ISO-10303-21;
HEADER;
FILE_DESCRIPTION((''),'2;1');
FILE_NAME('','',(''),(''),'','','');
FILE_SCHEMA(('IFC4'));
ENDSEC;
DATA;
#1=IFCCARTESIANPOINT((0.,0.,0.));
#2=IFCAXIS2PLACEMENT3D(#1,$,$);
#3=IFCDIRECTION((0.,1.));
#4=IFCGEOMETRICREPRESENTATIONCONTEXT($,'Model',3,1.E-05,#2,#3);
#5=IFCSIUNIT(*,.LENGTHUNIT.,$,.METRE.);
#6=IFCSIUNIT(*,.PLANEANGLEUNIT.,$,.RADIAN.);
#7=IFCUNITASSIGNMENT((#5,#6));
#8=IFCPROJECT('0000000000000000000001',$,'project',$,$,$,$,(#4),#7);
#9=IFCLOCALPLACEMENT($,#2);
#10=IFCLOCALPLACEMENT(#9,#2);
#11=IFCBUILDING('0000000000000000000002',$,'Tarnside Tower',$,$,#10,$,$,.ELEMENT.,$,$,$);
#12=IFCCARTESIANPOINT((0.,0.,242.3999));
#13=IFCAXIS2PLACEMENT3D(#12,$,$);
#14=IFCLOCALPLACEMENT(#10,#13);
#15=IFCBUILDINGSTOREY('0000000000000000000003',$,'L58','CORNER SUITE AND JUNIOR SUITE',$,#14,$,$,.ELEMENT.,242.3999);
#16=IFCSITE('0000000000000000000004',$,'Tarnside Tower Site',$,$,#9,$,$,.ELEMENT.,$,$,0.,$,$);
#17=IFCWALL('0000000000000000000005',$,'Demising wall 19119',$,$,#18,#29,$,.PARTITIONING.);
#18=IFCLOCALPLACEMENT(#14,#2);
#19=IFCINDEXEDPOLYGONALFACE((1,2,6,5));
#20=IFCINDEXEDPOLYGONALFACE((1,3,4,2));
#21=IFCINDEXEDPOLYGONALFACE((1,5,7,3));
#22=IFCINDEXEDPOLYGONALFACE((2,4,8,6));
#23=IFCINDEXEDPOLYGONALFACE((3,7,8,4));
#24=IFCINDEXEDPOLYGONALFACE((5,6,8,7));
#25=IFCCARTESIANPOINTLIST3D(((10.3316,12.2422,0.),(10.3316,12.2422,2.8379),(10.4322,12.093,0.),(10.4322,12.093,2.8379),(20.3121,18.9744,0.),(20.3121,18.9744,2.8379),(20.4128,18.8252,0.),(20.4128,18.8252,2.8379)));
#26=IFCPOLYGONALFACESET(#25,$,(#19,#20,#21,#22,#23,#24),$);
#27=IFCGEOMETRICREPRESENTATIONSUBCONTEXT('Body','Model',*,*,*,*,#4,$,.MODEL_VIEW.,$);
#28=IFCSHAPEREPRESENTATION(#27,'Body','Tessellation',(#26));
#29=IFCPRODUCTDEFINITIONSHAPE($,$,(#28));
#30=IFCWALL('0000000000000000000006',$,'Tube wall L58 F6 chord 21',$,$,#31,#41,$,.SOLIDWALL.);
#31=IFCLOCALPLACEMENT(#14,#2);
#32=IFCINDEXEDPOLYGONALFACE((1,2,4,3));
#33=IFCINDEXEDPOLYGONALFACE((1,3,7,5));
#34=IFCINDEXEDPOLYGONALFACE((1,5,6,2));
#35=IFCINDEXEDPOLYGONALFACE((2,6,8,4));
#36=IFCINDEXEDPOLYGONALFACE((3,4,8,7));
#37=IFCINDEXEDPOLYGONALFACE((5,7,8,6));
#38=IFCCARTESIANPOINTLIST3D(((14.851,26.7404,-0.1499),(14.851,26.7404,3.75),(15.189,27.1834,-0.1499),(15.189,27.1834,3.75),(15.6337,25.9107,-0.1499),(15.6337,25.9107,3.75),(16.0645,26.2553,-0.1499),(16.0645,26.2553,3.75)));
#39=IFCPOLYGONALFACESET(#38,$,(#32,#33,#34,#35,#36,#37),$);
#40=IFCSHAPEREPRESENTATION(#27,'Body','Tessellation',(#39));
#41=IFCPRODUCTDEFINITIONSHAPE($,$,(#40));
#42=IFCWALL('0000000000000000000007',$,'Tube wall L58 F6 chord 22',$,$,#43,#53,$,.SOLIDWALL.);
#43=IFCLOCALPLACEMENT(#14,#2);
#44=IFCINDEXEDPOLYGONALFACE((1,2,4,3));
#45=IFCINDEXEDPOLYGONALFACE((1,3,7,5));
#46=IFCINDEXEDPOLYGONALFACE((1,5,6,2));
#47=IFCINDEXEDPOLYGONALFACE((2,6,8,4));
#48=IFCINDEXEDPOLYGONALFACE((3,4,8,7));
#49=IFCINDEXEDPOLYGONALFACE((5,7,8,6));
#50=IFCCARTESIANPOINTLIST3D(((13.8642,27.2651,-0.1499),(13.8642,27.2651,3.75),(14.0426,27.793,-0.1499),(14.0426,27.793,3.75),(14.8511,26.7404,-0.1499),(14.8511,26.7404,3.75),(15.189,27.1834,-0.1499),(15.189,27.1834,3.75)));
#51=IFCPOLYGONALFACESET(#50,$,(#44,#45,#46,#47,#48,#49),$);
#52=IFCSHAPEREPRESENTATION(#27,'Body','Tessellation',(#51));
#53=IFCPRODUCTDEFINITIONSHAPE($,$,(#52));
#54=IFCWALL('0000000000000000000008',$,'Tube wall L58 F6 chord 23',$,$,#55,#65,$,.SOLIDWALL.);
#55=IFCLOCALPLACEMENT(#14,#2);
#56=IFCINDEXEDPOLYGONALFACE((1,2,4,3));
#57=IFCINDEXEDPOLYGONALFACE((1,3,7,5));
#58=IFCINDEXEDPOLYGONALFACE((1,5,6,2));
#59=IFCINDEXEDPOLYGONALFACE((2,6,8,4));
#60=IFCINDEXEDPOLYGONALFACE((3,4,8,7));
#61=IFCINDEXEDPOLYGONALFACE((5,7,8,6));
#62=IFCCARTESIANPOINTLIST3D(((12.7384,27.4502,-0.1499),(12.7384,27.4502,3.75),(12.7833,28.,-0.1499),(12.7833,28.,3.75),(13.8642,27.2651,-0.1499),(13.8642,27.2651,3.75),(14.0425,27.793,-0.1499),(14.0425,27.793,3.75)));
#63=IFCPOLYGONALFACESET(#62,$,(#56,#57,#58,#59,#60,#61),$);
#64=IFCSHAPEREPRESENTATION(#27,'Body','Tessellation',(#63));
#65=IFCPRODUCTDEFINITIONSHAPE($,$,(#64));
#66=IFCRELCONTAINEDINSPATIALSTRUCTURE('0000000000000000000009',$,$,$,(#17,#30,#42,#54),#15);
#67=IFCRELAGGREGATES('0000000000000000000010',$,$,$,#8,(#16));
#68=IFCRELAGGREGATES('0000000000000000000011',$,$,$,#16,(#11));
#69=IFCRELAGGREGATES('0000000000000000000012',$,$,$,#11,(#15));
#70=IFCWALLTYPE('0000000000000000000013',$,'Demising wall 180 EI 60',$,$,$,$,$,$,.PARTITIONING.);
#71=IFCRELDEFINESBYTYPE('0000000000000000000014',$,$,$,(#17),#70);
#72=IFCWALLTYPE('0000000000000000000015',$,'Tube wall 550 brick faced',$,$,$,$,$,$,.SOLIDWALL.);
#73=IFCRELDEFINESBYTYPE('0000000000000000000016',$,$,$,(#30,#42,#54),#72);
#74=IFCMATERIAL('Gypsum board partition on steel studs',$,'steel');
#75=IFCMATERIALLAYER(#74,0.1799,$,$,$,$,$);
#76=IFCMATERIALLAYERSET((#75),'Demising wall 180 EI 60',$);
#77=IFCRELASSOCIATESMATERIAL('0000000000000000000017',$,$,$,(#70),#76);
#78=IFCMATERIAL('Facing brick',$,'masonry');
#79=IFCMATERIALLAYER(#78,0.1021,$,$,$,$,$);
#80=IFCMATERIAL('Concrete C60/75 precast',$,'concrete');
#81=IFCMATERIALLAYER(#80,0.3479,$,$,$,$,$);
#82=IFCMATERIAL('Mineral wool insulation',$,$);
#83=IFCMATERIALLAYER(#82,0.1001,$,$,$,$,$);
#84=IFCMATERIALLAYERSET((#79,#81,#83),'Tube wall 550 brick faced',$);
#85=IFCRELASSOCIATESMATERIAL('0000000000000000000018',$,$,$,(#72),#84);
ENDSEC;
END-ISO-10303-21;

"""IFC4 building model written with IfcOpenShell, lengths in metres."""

from ifc_helpers import new_model, si_unit, direction, frame, frame_2d, origin, place, context, subcontext, project, spatial, polyline, rectangle, outline, extrude, material, layer, layer_set, type_object, element, save


model = new_model("IFC4")

# Units and contexts
model_context = context("Model", 3, precision=1e-05, world=origin(), true_north=direction((0.0, 1.0)))
body_context = subcontext(model_context, "Body", "Model", "MODEL_VIEW")
ifc_project = project(units=[si_unit("LENGTHUNIT", "METRE"), si_unit("PLANEANGLEUNIT", "RADIAN")], contexts=[model_context])

# Site, building, storey
site_placement = place(None, origin())
site = spatial("IfcSite", under=ifc_project, at=site_placement, Name="Tarnside Tower Site", CompositionType="ELEMENT", RefElevation=0.0)
building_placement = place(site_placement, origin())
building = spatial("IfcBuilding", under=site, at=building_placement, Name="Tarnside Tower", CompositionType="ELEMENT")
storey_placement = place(building_placement, frame((0.0, 0.0, 242.3999)))
storey = spatial("IfcBuildingStorey", under=building, at=storey_placement, Name="L58", Description="CORNER SUITE AND JUNIOR SUITE", CompositionType="ELEMENT", Elevation=242.3999)

# Shared definitions
ifc_material_1 = material(Name="Gypsum board partition on steel studs", Category="steel")

# Walls
ifc_layer_1 = layer(ifc_material_1, 0.1799)
ifc_layer_set_1 = layer_set([ifc_layer_1], Name="Demising wall 180 EI 60")
wall_type_1 = type_object("IfcWallType", Name="Demising wall 180 EI 60", PredefinedType="PARTITIONING", material=ifc_layer_set_1)
wall_1_placement = place(storey_placement, frame((20.3625, 18.8999, 0.0), z_axis=(0.0, 0.0, 1.0), x_axis=(-0.829027, -0.559208, 0.0)))
element("IfcWall", 1, at=wall_1_placement, inside=storey, type_object=wall_type_1, Name="Demising wall 19119", PredefinedType="PARTITIONING", context=body_context, shape_type="SweptSolid", body=[
    extrude(rectangle(XDim=12.0388, YDim=0.1799, at=frame_2d((6.0195, 0.0))), origin(), (0.0, 0.0, 1.0), 2.8379),
])
ifc_material_2 = material(Name="Facing brick", Category="masonry")
ifc_layer_2 = layer(ifc_material_2, 0.1021)
ifc_material_3 = material(Name="Concrete C60/75 precast", Category="concrete")
ifc_layer_3 = layer(ifc_material_3, 0.3479)
ifc_material_4 = material(Name="Mineral wool insulation")
ifc_layer_4 = layer(ifc_material_4, 0.1001)
ifc_layer_set_2 = layer_set([ifc_layer_2, ifc_layer_3, ifc_layer_4], Name="Tube wall 550 brick faced")
wall_type_2 = type_object("IfcWallType", Name="Tube wall 550 brick faced", PredefinedType="SOLIDWALL", material=ifc_layer_set_2)
wall_2_placement = place(storey_placement, frame((15.8491, 26.083, -0.1499), z_axis=(0.0, 0.0, 1.0), x_axis=(-0.686196, 0.727416, 0.0)))
element("IfcWall", 2, at=wall_2_placement, inside=storey, type_object=wall_type_2, Name="Tube wall L58 F6 chord 21", PredefinedType="SOLIDWALL", context=body_context, shape_type="SweptSolid", body=[
    extrude(outline(polyline([(-0.0225, -0.2749), (1.2534, -0.2749), (1.1631, 0.2749), (0.0225, 0.2749), (-0.0225, -0.2749)])), origin(), (0.0, 0.0, 1.0), 3.8999),
])
wall_3_placement = place(storey_placement, frame((15.02, 26.9619, -0.1499), z_axis=(0.0, 0.0, 1.0), x_axis=(-0.882951, 0.469465, 0.0)))
element("IfcWall", 3, at=wall_3_placement, inside=storey, type_object=wall_type_2, Name="Tube wall L58 F6 chord 22", PredefinedType="SOLIDWALL", context=body_context, shape_type="SweptSolid", body=[
    extrude(outline(polyline([(-0.0452, -0.2749), (1.2532, -0.2749), (1.1628, 0.2749), (0.0452, 0.2749), (-0.0452, -0.2749)])), origin(), (0.0, 0.0, 1.0), 3.8999),
])
wall_4_placement = place(storey_placement, frame((13.9534, 27.5291, -0.1499), z_axis=(0.0, 0.0, 1.0), x_axis=(-0.986752, 0.162236, 0.0)))
element("IfcWall", 4, at=wall_4_placement, inside=storey, type_object=wall_type_2, Name="Tube wall L58 F6 chord 23", PredefinedType="SOLIDWALL", context=body_context, shape_type="SweptSolid", body=[
    extrude(outline(polyline([(-0.0452, -0.2749), (1.231, -0.2749), (1.186, 0.2749), (0.0452, 0.2749), (-0.0452, -0.2749)])), origin(), (0.0, 0.0, 1.0), 3.8999),
])

save(model, "model.ifc")
